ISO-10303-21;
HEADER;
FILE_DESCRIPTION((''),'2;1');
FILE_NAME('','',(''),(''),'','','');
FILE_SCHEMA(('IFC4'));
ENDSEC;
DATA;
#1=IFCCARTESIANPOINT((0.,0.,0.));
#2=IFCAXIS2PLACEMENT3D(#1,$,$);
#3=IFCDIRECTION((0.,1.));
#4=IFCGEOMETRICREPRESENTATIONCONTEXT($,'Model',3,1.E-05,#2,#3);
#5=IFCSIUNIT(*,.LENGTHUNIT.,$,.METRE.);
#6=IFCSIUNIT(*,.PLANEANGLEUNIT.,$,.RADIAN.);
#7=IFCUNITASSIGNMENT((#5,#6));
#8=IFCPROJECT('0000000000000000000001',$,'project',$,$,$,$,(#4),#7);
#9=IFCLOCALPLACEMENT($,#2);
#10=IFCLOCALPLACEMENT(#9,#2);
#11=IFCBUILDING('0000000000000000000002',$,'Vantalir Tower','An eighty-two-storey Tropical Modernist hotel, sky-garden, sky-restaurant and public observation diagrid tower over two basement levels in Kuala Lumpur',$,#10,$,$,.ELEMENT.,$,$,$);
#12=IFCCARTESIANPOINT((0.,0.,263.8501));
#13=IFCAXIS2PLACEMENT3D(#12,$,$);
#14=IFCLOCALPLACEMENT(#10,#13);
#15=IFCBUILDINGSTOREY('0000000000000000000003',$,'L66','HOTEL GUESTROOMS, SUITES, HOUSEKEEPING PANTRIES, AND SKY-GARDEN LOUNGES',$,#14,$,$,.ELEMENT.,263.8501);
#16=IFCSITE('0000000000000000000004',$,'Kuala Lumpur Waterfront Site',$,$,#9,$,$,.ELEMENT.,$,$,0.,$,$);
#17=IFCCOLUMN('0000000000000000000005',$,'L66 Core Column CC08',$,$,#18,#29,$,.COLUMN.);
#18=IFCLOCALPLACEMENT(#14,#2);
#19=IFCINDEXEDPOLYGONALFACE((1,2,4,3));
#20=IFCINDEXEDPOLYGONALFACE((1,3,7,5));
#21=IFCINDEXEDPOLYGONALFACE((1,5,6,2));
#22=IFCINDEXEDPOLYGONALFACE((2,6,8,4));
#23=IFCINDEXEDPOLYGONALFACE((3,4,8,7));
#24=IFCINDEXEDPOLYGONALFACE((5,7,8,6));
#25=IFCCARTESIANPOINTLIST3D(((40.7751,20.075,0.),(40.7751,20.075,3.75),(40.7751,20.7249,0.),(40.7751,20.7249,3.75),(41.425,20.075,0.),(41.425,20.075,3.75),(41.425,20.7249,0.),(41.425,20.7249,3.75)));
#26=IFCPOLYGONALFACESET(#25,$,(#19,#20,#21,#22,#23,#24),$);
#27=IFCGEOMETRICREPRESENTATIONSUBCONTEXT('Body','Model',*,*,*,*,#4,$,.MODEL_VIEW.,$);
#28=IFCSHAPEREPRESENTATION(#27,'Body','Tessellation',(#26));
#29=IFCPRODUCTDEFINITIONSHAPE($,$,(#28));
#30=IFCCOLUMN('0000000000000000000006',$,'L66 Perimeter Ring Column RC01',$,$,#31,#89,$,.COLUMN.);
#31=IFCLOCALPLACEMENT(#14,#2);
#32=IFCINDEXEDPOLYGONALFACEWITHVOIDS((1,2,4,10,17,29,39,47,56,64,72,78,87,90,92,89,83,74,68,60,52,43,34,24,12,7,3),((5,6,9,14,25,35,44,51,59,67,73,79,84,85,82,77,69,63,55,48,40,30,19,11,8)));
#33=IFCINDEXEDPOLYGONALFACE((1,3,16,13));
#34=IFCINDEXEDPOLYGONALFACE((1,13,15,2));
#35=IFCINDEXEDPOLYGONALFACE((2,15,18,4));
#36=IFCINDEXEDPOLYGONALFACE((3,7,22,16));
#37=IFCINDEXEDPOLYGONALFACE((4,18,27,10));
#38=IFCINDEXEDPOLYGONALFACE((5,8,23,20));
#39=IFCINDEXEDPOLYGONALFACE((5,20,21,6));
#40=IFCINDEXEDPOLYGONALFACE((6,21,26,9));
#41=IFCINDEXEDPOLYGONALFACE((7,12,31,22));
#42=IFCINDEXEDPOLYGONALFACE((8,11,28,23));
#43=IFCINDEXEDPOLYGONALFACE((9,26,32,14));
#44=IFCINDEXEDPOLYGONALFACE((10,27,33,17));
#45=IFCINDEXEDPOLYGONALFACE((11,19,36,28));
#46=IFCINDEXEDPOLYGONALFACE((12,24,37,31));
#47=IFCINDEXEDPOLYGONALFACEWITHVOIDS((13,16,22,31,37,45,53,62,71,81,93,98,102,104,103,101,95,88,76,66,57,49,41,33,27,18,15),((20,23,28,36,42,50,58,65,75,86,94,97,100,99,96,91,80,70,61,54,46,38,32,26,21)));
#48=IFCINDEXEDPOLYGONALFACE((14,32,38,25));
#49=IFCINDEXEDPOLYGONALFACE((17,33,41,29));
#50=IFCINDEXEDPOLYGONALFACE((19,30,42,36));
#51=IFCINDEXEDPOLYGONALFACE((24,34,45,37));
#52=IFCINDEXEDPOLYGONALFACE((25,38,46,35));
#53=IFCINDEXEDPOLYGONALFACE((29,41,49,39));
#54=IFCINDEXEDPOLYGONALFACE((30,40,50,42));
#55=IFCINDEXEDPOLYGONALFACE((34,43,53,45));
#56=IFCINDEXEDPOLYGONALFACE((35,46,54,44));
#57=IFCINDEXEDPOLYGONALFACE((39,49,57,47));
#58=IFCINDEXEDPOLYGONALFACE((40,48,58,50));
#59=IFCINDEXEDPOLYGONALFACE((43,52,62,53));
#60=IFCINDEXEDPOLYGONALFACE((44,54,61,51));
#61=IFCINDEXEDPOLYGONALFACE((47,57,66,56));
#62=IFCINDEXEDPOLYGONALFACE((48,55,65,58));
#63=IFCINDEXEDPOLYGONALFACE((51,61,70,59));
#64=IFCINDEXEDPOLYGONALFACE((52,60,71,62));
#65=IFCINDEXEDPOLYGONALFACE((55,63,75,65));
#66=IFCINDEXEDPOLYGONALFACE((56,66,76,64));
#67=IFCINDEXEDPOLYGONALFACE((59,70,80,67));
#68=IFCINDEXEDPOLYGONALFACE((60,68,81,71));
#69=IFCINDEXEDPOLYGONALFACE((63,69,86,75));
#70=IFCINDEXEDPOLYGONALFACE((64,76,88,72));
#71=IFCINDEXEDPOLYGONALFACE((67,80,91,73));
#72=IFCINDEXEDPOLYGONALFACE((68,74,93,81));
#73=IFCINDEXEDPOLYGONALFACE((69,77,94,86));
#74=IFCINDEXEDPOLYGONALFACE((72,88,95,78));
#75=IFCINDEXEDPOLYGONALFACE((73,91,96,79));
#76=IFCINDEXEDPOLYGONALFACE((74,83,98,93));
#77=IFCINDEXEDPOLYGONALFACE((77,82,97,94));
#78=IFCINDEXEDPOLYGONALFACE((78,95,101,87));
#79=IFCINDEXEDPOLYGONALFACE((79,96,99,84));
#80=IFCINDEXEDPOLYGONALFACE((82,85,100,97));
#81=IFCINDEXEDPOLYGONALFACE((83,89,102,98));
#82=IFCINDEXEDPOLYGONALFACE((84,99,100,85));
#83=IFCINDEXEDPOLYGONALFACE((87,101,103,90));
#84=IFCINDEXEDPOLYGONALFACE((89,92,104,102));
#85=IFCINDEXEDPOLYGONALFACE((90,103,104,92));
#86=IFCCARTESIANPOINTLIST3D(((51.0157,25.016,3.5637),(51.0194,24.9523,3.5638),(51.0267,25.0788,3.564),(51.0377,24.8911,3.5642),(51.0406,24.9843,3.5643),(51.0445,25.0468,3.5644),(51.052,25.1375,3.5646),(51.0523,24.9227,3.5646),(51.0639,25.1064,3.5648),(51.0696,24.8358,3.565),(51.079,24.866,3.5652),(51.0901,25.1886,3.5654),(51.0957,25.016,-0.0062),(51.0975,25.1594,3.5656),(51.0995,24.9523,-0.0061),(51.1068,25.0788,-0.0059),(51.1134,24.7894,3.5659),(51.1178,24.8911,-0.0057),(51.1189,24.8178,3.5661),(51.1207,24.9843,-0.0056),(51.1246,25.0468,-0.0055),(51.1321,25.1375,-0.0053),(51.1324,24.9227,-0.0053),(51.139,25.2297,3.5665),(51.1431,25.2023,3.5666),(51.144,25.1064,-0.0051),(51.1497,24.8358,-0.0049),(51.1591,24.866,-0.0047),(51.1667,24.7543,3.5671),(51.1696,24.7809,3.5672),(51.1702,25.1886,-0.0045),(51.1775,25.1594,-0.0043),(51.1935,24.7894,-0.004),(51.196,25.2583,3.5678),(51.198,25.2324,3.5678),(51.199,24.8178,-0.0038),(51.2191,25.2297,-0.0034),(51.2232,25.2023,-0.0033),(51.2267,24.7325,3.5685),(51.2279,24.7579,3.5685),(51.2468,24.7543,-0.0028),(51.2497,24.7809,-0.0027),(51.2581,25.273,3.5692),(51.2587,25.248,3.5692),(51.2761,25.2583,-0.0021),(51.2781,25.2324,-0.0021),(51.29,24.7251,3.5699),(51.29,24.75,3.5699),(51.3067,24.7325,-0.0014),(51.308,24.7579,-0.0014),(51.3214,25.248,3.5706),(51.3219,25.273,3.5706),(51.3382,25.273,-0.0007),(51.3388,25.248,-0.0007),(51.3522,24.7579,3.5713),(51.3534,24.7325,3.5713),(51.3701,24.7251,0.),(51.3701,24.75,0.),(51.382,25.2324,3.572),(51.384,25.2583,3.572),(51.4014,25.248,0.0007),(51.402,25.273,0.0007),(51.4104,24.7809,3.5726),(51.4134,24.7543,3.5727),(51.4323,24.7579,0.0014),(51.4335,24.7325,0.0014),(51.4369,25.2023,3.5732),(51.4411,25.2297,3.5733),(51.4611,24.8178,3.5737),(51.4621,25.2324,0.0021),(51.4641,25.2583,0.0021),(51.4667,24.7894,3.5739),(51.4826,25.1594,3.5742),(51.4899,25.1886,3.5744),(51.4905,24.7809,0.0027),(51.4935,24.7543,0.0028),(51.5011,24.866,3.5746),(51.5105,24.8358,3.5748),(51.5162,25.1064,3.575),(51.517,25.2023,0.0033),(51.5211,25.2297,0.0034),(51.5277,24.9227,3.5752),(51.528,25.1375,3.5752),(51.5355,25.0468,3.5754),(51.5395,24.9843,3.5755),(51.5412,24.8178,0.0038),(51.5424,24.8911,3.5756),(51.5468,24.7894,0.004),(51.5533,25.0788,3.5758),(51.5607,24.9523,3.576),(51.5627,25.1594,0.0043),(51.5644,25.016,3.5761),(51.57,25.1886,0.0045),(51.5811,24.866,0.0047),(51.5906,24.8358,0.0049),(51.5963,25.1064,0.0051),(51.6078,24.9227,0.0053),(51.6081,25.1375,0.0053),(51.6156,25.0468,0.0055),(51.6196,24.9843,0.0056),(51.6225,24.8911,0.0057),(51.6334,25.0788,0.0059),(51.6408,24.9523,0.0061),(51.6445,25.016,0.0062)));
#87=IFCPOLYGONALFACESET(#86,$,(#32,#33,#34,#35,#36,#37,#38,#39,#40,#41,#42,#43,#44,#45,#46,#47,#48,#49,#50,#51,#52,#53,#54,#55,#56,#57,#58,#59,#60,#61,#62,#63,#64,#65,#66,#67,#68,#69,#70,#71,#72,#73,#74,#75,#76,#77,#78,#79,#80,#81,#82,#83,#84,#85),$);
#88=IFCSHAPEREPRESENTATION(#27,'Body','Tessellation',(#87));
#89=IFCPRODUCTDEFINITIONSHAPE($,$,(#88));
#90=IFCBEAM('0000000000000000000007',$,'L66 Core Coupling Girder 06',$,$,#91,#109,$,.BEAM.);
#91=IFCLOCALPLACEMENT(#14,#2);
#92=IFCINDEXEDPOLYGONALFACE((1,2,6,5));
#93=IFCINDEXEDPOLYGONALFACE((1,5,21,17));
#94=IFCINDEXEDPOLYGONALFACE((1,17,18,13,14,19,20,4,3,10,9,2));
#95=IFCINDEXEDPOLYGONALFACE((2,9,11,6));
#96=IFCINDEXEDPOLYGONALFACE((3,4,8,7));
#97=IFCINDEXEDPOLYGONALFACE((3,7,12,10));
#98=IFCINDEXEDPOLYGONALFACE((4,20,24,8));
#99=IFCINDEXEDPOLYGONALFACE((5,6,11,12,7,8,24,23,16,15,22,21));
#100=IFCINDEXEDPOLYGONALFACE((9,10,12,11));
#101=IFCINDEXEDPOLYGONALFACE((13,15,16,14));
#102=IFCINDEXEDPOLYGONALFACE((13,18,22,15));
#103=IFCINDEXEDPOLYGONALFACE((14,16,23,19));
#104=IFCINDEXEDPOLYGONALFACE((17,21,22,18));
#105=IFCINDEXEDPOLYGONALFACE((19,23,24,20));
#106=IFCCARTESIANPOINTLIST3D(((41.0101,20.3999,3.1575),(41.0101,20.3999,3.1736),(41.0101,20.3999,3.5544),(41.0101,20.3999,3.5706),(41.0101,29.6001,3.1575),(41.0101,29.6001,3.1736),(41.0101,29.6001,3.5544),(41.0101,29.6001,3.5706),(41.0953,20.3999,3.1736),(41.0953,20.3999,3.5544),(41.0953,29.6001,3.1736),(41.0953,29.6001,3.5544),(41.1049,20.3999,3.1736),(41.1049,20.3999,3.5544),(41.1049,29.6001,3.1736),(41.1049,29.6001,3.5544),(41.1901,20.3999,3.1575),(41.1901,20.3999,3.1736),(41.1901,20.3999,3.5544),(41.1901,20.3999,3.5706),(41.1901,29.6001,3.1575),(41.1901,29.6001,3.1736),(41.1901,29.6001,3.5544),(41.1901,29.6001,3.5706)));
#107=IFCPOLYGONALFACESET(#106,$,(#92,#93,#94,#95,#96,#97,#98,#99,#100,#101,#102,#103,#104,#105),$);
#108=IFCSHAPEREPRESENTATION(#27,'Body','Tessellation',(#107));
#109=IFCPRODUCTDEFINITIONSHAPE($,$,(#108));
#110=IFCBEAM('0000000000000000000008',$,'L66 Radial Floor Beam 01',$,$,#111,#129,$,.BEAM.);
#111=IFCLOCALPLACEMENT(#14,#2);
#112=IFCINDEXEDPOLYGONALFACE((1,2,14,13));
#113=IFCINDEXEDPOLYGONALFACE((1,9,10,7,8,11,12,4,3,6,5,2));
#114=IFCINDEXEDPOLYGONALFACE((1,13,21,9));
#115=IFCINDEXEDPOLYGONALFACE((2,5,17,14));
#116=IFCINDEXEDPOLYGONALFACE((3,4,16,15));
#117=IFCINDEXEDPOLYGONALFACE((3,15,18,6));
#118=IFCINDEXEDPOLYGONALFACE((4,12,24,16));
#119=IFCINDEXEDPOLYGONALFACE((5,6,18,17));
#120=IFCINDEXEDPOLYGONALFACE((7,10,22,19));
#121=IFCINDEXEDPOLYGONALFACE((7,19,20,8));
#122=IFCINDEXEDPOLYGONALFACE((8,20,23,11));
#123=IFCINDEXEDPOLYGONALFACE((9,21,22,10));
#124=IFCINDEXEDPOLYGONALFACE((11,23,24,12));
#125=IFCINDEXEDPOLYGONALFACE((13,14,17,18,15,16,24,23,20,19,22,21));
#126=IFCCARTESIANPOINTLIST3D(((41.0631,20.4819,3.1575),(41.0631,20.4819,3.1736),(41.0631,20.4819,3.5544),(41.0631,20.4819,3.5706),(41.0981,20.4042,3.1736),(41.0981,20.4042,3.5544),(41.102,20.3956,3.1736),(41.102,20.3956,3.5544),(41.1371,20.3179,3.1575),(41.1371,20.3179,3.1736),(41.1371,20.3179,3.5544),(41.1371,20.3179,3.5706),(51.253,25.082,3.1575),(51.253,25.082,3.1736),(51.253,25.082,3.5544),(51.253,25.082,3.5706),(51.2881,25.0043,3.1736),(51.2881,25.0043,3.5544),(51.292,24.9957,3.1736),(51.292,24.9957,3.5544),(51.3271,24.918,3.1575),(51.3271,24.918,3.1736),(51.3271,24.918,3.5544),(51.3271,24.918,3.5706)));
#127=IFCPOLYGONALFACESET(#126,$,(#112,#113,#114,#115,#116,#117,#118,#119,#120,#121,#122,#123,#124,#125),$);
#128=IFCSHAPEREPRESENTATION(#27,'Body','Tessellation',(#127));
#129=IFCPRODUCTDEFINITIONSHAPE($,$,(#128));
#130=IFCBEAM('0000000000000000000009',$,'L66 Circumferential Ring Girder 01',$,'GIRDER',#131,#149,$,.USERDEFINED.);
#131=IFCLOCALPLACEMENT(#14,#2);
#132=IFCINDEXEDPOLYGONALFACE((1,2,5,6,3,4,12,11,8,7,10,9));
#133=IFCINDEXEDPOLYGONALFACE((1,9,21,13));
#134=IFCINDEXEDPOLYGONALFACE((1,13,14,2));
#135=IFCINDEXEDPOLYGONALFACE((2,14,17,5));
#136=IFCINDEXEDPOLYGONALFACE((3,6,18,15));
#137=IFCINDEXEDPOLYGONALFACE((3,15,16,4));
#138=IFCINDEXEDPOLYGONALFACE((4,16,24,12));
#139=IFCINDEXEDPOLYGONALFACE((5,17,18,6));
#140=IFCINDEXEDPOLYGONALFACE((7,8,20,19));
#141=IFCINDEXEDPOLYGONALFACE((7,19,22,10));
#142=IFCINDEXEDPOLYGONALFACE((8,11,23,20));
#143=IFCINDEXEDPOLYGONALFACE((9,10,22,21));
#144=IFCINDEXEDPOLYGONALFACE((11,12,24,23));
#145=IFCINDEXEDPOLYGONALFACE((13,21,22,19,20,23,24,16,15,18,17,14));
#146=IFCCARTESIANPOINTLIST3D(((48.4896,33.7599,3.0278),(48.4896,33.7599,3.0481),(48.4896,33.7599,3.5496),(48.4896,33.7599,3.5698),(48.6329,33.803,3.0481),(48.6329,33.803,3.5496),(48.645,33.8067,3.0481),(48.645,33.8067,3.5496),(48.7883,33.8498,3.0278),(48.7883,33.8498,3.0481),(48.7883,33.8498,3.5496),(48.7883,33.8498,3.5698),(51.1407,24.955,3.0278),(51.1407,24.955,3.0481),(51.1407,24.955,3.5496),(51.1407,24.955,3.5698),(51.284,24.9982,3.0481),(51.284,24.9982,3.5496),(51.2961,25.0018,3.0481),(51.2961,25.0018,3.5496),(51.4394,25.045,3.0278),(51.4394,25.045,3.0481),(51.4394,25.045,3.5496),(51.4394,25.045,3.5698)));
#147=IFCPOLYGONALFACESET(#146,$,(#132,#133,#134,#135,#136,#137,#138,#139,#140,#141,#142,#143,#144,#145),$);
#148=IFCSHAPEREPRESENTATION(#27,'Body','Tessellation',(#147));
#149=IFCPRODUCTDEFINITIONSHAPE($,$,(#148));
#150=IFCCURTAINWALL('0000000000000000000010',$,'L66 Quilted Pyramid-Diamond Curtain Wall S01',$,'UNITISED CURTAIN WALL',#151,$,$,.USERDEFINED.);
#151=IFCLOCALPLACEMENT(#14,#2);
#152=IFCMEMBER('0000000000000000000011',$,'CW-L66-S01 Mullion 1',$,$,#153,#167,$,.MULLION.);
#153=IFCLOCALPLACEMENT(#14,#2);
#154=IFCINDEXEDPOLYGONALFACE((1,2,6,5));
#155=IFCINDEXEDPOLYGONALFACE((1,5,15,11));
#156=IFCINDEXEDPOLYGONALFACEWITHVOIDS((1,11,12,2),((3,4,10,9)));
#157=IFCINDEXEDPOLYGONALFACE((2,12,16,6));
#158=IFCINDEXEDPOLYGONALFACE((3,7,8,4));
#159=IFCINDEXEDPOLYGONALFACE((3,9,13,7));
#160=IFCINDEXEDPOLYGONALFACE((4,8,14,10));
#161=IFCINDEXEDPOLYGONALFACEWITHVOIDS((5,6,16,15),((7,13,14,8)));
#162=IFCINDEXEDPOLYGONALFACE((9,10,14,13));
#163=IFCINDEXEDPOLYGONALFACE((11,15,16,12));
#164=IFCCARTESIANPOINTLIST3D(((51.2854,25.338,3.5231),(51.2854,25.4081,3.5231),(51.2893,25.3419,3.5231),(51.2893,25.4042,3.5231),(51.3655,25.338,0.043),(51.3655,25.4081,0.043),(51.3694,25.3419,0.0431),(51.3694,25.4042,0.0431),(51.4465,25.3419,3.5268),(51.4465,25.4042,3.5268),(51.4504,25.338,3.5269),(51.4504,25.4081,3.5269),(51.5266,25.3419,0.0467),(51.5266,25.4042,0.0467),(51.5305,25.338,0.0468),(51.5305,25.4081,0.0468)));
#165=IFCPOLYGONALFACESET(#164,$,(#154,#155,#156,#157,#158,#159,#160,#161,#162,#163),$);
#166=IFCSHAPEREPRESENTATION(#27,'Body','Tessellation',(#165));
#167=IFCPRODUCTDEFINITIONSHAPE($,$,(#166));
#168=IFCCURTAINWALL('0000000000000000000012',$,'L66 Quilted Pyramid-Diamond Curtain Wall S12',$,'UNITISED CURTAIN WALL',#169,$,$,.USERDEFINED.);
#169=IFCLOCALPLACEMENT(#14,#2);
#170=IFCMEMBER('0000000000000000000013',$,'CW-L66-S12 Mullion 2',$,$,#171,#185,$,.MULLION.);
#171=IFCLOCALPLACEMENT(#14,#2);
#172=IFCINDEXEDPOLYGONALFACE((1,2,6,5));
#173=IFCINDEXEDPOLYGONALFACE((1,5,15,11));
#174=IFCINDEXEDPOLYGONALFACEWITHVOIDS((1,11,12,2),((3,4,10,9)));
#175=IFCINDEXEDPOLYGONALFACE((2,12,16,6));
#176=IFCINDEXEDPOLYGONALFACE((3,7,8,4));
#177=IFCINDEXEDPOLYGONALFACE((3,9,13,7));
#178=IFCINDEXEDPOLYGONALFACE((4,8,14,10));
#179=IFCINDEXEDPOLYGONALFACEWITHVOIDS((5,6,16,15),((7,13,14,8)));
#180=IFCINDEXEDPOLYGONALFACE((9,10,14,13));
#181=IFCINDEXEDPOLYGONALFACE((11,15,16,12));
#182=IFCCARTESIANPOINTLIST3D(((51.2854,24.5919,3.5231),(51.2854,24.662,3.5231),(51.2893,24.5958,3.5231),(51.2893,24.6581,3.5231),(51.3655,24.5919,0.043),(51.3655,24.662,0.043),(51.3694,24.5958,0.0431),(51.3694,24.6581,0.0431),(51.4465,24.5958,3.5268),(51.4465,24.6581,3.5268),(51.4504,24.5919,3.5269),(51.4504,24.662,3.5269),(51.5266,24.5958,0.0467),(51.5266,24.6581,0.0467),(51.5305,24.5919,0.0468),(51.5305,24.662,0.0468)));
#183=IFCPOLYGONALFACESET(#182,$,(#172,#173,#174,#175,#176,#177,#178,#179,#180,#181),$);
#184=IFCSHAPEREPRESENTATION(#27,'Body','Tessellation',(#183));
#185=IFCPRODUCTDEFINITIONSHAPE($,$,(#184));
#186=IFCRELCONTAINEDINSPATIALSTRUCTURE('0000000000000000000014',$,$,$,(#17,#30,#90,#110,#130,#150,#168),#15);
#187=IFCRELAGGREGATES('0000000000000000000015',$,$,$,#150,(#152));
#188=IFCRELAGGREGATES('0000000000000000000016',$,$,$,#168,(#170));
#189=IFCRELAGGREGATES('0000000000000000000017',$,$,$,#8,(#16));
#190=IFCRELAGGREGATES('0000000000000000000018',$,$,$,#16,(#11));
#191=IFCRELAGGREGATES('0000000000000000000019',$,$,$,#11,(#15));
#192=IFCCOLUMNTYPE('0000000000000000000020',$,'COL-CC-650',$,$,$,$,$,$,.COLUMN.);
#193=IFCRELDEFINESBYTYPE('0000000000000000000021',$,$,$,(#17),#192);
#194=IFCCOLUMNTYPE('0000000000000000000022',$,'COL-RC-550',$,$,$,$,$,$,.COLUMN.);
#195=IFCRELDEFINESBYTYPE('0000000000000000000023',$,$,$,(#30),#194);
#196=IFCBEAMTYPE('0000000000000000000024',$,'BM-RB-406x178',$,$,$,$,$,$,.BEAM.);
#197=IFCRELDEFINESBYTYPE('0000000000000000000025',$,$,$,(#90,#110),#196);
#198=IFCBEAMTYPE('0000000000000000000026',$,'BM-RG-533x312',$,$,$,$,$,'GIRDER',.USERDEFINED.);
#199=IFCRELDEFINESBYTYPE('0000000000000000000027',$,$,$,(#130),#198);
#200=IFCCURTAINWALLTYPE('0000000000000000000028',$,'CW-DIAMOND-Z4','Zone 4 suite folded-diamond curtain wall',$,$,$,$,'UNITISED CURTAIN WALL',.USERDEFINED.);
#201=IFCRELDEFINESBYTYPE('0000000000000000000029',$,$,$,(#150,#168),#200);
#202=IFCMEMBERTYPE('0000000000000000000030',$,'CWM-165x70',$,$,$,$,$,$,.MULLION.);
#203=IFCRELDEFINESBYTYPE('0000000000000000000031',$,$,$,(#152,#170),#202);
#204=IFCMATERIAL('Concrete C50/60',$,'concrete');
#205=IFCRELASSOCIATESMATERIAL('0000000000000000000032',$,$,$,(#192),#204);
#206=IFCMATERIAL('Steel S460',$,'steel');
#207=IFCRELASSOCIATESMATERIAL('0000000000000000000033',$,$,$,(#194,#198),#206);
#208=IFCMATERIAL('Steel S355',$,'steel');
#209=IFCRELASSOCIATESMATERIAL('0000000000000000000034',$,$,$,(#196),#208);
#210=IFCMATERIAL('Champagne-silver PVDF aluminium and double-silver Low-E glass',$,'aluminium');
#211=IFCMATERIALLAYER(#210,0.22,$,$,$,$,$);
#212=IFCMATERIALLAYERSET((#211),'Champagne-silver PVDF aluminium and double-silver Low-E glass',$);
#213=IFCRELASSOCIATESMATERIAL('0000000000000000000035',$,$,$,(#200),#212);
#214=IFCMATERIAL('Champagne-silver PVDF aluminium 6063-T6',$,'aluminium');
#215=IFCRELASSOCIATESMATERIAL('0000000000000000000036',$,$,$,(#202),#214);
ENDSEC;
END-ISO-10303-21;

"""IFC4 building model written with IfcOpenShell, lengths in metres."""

from ifc_helpers import new_model, si_unit, direction, frame, origin, origin_2d, place, context, subcontext, project, spatial, rectangle, hollow_rectangle, hollow_circle, i_section, extrude, material, layer, layer_set, material_profile, profile_set, type_object, element, aggregate, save


model = new_model("IFC4")

# Units and contexts
model_context = context("Model", 3, precision=1e-05, world=origin(), true_north=direction((0.0, 1.0)))
body_context = subcontext(model_context, "Body", "Model", "MODEL_VIEW")
ifc_project = project(units=[si_unit("LENGTHUNIT", "METRE"), si_unit("PLANEANGLEUNIT", "RADIAN")], contexts=[model_context])

# Site, building, storey
site_placement = place(None, origin())
site = spatial("IfcSite", under=ifc_project, at=site_placement, Name="Kuala Lumpur Waterfront Site", CompositionType="ELEMENT", RefElevation=0.0)
building_placement = place(site_placement, origin())
building = spatial("IfcBuilding", under=site, at=building_placement, Name="Vantalir Tower", Description="An eighty-two-storey Tropical Modernist hotel, sky-garden, sky-restaurant and public observation diagrid tower over two basement levels in Kuala Lumpur", CompositionType="ELEMENT")
storey_placement = place(building_placement, frame((0.0, 0.0, 263.8501)))
storey = spatial("IfcBuildingStorey", under=building, at=storey_placement, Name="L66", Description="HOTEL GUESTROOMS, SUITES, HOUSEKEEPING PANTRIES, AND SKY-GARDEN LOUNGES", CompositionType="ELEMENT", Elevation=263.8501)

# Columns
ifc_material_1 = material(Name="Concrete C50/60", Category="concrete")
ifc_material_profile_1 = material_profile(ifc_material_1, rectangle(XDim=0.6499, YDim=0.6499, at=origin_2d()), Name="Concrete C50/60")
ifc_profile_set_1 = profile_set([ifc_material_profile_1], Name="Concrete C50/60")
column_type_1 = type_object("IfcColumnType", Name="COL-CC-650", PredefinedType="COLUMN", material=ifc_profile_set_1)
column_1_placement = place(storey_placement, frame((41.1001, 20.3999, 0.0), z_axis=(0.0, 0.0, 1.0), x_axis=(1.0, 0.0, 0.0)))
element("IfcColumn", 1, at=column_1_placement, inside=storey, type_object=column_type_1, Name="L66 Core Column CC08", PredefinedType="COLUMN", context=body_context, shape_type="SweptSolid", body=[
    extrude(rectangle(XDim=0.6499, YDim=0.6499, at=origin_2d()), origin(), (0.0, 0.0, 1.0), 3.75),
])
ifc_material_2 = material(Name="Steel S460", Category="steel")
ifc_material_profile_2 = material_profile(ifc_material_2, hollow_circle(Radius=0.2749, WallThickness=0.0249, at=origin_2d()), Name="Steel S460")
ifc_profile_set_2 = profile_set([ifc_material_profile_2], Name="Steel S460")
column_type_2 = type_object("IfcColumnType", Name="COL-RC-550", PredefinedType="COLUMN", material=ifc_profile_set_2)
column_2_placement = place(storey_placement, frame((51.3701, 25.0, 0.0), z_axis=(-0.022426, 0.0, 0.999748), x_axis=(0.0, -1.0, 0.0)))
element("IfcColumn", 2, at=column_2_placement, inside=storey, type_object=column_type_2, Name="L66 Perimeter Ring Column RC01", PredefinedType="COLUMN", context=body_context, shape_type="SweptSolid", body=[
    extrude(hollow_circle(Radius=0.2749, WallThickness=0.0249, at=origin_2d()), origin(), (0.0, 0.0, 1.0), 3.5708),
])

# Beams
ifc_material_3 = material(Name="Steel S355", Category="steel")
ifc_material_profile_3 = material_profile(ifc_material_3, i_section(OverallWidth=0.1799, OverallDepth=0.4131, WebThickness=0.0095, FlangeThickness=0.0161, at=origin_2d()), Name="Steel S355")
ifc_profile_set_3 = profile_set([ifc_material_profile_3], Name="Steel S355")
beam_type_1 = type_object("IfcBeamType", Name="BM-RB-406x178", PredefinedType="BEAM", material=ifc_profile_set_3)
beam_1_placement = place(storey_placement, frame((41.1001, 20.3999, 3.364), z_axis=(0.0, 1.0, 0.0), x_axis=(-1.0, 0.0, 0.0)))
element("IfcBeam", 3, at=beam_1_placement, inside=storey, type_object=beam_type_1, Name="L66 Core Coupling Girder 06", PredefinedType="BEAM", context=body_context, shape_type="SweptSolid", body=[
    extrude(i_section(OverallWidth=0.1799, OverallDepth=0.4131, WebThickness=0.0095, FlangeThickness=0.0161, at=origin_2d()), origin(), (0.0, 0.0, 1.0), 9.2002),
])
beam_2_placement = place(storey_placement, frame((51.29, 25.0, 3.364), z_axis=(-0.911431, -0.411452, 0.0), x_axis=(0.411452, -0.911431, 0.0)))
element("IfcBeam", 4, at=beam_2_placement, inside=storey, type_object=beam_type_1, Name="L66 Radial Floor Beam 01", PredefinedType="BEAM", context=body_context, shape_type="SweptSolid", body=[
    extrude(i_section(OverallWidth=0.1799, OverallDepth=0.4131, WebThickness=0.0095, FlangeThickness=0.0161, at=origin_2d()), origin(), (0.0, 0.0, 1.0), 11.1802),
])
ifc_material_profile_4 = material_profile(ifc_material_2, i_section(OverallWidth=0.312, OverallDepth=0.542, WebThickness=0.0127, FlangeThickness=0.0203, at=origin_2d()), Name="Steel S460")
ifc_profile_set_4 = profile_set([ifc_material_profile_4], Name="Steel S460")
beam_type_2 = type_object("IfcBeamType", Name="BM-RG-533x312", ElementType="GIRDER", PredefinedType="USERDEFINED", material=ifc_profile_set_4)
beam_3_placement = place(storey_placement, frame((51.29, 25.0, 3.2988), z_axis=(-0.28831, 0.957537, 0.0), x_axis=(-0.957537, -0.28831, 0.0)))
element("IfcBeam", 5, at=beam_3_placement, inside=storey, type_object=beam_type_2, Name="L66 Circumferential Ring Girder 01", ObjectType="GIRDER", PredefinedType="USERDEFINED", context=body_context, shape_type="SweptSolid", body=[
    extrude(i_section(OverallWidth=0.312, OverallDepth=0.542, WebThickness=0.0127, FlangeThickness=0.0203, at=origin_2d()), origin(), (0.0, 0.0, 1.0), 9.1953),
])

# Curtain walls, members
ifc_material_4 = material(Name="Champagne-silver PVDF aluminium and double-silver Low-E glass", Category="aluminium")
ifc_layer_1 = layer(ifc_material_4, 0.22)
ifc_layer_set_1 = layer_set([ifc_layer_1], Name="Champagne-silver PVDF aluminium and double-silver Low-E glass")
curtain_wall_type = type_object("IfcCurtainWallType", Name="CW-DIAMOND-Z4", Description="Zone 4 suite folded-diamond curtain wall", ElementType="UNITISED CURTAIN WALL", PredefinedType="USERDEFINED", material=ifc_layer_set_1)
curtain_wall_1_placement = place(storey_placement, origin())
curtain_wall_1 = element("IfcCurtainWall", 6, at=curtain_wall_1_placement, inside=storey, type_object=curtain_wall_type, Name="L66 Quilted Pyramid-Diamond Curtain Wall S01", ObjectType="UNITISED CURTAIN WALL", PredefinedType="USERDEFINED")
ifc_material_5 = material(Name="Champagne-silver PVDF aluminium 6063-T6", Category="aluminium")
ifc_material_profile_5 = material_profile(ifc_material_5, hollow_rectangle(XDim=0.0701, YDim=0.165, WallThickness=0.0039, at=origin_2d()), Name="Champagne-silver PVDF aluminium 6063-T6")
ifc_profile_set_5 = profile_set([ifc_material_profile_5], Name="Champagne-silver PVDF aluminium 6063-T6")
member_type_1 = type_object("IfcMemberType", Name="CWM-165x70", PredefinedType="MULLION", material=ifc_profile_set_5)
member_1_placement = place(storey_placement, frame((51.448, 25.373, 0.0449), z_axis=(-0.023005, 0.0, 0.999735), x_axis=(0.0, -1.0, 0.0)))
member_1 = element("IfcMember", 7, at=member_1_placement, type_object=member_type_1, Name="CW-L66-S01 Mullion 1", PredefinedType="MULLION", context=body_context, shape_type="SweptSolid", body=[
    extrude(hollow_rectangle(XDim=0.0701, YDim=0.165, WallThickness=0.0039, at=origin_2d()), origin(), (0.0, 0.0, 1.0), 3.481),
])
curtain_wall_2_placement = place(storey_placement, origin())
curtain_wall_2 = element("IfcCurtainWall", 8, at=curtain_wall_2_placement, inside=storey, type_object=curtain_wall_type, Name="L66 Quilted Pyramid-Diamond Curtain Wall S12", ObjectType="UNITISED CURTAIN WALL", PredefinedType="USERDEFINED")
member_2_placement = place(storey_placement, frame((51.448, 24.627, 0.0449), z_axis=(-0.023005, 0.0, 0.999735), x_axis=(0.0, -1.0, 0.0)))
member_2 = element("IfcMember", 9, at=member_2_placement, type_object=member_type_1, Name="CW-L66-S12 Mullion 2", PredefinedType="MULLION", context=body_context, shape_type="SweptSolid", body=[
    extrude(hollow_rectangle(XDim=0.0701, YDim=0.165, WallThickness=0.0039, at=origin_2d()), origin(), (0.0, 0.0, 1.0), 3.481),
])

aggregate(curtain_wall_1, [member_1])
aggregate(curtain_wall_2, [member_2])

save(model, "model.ifc")
